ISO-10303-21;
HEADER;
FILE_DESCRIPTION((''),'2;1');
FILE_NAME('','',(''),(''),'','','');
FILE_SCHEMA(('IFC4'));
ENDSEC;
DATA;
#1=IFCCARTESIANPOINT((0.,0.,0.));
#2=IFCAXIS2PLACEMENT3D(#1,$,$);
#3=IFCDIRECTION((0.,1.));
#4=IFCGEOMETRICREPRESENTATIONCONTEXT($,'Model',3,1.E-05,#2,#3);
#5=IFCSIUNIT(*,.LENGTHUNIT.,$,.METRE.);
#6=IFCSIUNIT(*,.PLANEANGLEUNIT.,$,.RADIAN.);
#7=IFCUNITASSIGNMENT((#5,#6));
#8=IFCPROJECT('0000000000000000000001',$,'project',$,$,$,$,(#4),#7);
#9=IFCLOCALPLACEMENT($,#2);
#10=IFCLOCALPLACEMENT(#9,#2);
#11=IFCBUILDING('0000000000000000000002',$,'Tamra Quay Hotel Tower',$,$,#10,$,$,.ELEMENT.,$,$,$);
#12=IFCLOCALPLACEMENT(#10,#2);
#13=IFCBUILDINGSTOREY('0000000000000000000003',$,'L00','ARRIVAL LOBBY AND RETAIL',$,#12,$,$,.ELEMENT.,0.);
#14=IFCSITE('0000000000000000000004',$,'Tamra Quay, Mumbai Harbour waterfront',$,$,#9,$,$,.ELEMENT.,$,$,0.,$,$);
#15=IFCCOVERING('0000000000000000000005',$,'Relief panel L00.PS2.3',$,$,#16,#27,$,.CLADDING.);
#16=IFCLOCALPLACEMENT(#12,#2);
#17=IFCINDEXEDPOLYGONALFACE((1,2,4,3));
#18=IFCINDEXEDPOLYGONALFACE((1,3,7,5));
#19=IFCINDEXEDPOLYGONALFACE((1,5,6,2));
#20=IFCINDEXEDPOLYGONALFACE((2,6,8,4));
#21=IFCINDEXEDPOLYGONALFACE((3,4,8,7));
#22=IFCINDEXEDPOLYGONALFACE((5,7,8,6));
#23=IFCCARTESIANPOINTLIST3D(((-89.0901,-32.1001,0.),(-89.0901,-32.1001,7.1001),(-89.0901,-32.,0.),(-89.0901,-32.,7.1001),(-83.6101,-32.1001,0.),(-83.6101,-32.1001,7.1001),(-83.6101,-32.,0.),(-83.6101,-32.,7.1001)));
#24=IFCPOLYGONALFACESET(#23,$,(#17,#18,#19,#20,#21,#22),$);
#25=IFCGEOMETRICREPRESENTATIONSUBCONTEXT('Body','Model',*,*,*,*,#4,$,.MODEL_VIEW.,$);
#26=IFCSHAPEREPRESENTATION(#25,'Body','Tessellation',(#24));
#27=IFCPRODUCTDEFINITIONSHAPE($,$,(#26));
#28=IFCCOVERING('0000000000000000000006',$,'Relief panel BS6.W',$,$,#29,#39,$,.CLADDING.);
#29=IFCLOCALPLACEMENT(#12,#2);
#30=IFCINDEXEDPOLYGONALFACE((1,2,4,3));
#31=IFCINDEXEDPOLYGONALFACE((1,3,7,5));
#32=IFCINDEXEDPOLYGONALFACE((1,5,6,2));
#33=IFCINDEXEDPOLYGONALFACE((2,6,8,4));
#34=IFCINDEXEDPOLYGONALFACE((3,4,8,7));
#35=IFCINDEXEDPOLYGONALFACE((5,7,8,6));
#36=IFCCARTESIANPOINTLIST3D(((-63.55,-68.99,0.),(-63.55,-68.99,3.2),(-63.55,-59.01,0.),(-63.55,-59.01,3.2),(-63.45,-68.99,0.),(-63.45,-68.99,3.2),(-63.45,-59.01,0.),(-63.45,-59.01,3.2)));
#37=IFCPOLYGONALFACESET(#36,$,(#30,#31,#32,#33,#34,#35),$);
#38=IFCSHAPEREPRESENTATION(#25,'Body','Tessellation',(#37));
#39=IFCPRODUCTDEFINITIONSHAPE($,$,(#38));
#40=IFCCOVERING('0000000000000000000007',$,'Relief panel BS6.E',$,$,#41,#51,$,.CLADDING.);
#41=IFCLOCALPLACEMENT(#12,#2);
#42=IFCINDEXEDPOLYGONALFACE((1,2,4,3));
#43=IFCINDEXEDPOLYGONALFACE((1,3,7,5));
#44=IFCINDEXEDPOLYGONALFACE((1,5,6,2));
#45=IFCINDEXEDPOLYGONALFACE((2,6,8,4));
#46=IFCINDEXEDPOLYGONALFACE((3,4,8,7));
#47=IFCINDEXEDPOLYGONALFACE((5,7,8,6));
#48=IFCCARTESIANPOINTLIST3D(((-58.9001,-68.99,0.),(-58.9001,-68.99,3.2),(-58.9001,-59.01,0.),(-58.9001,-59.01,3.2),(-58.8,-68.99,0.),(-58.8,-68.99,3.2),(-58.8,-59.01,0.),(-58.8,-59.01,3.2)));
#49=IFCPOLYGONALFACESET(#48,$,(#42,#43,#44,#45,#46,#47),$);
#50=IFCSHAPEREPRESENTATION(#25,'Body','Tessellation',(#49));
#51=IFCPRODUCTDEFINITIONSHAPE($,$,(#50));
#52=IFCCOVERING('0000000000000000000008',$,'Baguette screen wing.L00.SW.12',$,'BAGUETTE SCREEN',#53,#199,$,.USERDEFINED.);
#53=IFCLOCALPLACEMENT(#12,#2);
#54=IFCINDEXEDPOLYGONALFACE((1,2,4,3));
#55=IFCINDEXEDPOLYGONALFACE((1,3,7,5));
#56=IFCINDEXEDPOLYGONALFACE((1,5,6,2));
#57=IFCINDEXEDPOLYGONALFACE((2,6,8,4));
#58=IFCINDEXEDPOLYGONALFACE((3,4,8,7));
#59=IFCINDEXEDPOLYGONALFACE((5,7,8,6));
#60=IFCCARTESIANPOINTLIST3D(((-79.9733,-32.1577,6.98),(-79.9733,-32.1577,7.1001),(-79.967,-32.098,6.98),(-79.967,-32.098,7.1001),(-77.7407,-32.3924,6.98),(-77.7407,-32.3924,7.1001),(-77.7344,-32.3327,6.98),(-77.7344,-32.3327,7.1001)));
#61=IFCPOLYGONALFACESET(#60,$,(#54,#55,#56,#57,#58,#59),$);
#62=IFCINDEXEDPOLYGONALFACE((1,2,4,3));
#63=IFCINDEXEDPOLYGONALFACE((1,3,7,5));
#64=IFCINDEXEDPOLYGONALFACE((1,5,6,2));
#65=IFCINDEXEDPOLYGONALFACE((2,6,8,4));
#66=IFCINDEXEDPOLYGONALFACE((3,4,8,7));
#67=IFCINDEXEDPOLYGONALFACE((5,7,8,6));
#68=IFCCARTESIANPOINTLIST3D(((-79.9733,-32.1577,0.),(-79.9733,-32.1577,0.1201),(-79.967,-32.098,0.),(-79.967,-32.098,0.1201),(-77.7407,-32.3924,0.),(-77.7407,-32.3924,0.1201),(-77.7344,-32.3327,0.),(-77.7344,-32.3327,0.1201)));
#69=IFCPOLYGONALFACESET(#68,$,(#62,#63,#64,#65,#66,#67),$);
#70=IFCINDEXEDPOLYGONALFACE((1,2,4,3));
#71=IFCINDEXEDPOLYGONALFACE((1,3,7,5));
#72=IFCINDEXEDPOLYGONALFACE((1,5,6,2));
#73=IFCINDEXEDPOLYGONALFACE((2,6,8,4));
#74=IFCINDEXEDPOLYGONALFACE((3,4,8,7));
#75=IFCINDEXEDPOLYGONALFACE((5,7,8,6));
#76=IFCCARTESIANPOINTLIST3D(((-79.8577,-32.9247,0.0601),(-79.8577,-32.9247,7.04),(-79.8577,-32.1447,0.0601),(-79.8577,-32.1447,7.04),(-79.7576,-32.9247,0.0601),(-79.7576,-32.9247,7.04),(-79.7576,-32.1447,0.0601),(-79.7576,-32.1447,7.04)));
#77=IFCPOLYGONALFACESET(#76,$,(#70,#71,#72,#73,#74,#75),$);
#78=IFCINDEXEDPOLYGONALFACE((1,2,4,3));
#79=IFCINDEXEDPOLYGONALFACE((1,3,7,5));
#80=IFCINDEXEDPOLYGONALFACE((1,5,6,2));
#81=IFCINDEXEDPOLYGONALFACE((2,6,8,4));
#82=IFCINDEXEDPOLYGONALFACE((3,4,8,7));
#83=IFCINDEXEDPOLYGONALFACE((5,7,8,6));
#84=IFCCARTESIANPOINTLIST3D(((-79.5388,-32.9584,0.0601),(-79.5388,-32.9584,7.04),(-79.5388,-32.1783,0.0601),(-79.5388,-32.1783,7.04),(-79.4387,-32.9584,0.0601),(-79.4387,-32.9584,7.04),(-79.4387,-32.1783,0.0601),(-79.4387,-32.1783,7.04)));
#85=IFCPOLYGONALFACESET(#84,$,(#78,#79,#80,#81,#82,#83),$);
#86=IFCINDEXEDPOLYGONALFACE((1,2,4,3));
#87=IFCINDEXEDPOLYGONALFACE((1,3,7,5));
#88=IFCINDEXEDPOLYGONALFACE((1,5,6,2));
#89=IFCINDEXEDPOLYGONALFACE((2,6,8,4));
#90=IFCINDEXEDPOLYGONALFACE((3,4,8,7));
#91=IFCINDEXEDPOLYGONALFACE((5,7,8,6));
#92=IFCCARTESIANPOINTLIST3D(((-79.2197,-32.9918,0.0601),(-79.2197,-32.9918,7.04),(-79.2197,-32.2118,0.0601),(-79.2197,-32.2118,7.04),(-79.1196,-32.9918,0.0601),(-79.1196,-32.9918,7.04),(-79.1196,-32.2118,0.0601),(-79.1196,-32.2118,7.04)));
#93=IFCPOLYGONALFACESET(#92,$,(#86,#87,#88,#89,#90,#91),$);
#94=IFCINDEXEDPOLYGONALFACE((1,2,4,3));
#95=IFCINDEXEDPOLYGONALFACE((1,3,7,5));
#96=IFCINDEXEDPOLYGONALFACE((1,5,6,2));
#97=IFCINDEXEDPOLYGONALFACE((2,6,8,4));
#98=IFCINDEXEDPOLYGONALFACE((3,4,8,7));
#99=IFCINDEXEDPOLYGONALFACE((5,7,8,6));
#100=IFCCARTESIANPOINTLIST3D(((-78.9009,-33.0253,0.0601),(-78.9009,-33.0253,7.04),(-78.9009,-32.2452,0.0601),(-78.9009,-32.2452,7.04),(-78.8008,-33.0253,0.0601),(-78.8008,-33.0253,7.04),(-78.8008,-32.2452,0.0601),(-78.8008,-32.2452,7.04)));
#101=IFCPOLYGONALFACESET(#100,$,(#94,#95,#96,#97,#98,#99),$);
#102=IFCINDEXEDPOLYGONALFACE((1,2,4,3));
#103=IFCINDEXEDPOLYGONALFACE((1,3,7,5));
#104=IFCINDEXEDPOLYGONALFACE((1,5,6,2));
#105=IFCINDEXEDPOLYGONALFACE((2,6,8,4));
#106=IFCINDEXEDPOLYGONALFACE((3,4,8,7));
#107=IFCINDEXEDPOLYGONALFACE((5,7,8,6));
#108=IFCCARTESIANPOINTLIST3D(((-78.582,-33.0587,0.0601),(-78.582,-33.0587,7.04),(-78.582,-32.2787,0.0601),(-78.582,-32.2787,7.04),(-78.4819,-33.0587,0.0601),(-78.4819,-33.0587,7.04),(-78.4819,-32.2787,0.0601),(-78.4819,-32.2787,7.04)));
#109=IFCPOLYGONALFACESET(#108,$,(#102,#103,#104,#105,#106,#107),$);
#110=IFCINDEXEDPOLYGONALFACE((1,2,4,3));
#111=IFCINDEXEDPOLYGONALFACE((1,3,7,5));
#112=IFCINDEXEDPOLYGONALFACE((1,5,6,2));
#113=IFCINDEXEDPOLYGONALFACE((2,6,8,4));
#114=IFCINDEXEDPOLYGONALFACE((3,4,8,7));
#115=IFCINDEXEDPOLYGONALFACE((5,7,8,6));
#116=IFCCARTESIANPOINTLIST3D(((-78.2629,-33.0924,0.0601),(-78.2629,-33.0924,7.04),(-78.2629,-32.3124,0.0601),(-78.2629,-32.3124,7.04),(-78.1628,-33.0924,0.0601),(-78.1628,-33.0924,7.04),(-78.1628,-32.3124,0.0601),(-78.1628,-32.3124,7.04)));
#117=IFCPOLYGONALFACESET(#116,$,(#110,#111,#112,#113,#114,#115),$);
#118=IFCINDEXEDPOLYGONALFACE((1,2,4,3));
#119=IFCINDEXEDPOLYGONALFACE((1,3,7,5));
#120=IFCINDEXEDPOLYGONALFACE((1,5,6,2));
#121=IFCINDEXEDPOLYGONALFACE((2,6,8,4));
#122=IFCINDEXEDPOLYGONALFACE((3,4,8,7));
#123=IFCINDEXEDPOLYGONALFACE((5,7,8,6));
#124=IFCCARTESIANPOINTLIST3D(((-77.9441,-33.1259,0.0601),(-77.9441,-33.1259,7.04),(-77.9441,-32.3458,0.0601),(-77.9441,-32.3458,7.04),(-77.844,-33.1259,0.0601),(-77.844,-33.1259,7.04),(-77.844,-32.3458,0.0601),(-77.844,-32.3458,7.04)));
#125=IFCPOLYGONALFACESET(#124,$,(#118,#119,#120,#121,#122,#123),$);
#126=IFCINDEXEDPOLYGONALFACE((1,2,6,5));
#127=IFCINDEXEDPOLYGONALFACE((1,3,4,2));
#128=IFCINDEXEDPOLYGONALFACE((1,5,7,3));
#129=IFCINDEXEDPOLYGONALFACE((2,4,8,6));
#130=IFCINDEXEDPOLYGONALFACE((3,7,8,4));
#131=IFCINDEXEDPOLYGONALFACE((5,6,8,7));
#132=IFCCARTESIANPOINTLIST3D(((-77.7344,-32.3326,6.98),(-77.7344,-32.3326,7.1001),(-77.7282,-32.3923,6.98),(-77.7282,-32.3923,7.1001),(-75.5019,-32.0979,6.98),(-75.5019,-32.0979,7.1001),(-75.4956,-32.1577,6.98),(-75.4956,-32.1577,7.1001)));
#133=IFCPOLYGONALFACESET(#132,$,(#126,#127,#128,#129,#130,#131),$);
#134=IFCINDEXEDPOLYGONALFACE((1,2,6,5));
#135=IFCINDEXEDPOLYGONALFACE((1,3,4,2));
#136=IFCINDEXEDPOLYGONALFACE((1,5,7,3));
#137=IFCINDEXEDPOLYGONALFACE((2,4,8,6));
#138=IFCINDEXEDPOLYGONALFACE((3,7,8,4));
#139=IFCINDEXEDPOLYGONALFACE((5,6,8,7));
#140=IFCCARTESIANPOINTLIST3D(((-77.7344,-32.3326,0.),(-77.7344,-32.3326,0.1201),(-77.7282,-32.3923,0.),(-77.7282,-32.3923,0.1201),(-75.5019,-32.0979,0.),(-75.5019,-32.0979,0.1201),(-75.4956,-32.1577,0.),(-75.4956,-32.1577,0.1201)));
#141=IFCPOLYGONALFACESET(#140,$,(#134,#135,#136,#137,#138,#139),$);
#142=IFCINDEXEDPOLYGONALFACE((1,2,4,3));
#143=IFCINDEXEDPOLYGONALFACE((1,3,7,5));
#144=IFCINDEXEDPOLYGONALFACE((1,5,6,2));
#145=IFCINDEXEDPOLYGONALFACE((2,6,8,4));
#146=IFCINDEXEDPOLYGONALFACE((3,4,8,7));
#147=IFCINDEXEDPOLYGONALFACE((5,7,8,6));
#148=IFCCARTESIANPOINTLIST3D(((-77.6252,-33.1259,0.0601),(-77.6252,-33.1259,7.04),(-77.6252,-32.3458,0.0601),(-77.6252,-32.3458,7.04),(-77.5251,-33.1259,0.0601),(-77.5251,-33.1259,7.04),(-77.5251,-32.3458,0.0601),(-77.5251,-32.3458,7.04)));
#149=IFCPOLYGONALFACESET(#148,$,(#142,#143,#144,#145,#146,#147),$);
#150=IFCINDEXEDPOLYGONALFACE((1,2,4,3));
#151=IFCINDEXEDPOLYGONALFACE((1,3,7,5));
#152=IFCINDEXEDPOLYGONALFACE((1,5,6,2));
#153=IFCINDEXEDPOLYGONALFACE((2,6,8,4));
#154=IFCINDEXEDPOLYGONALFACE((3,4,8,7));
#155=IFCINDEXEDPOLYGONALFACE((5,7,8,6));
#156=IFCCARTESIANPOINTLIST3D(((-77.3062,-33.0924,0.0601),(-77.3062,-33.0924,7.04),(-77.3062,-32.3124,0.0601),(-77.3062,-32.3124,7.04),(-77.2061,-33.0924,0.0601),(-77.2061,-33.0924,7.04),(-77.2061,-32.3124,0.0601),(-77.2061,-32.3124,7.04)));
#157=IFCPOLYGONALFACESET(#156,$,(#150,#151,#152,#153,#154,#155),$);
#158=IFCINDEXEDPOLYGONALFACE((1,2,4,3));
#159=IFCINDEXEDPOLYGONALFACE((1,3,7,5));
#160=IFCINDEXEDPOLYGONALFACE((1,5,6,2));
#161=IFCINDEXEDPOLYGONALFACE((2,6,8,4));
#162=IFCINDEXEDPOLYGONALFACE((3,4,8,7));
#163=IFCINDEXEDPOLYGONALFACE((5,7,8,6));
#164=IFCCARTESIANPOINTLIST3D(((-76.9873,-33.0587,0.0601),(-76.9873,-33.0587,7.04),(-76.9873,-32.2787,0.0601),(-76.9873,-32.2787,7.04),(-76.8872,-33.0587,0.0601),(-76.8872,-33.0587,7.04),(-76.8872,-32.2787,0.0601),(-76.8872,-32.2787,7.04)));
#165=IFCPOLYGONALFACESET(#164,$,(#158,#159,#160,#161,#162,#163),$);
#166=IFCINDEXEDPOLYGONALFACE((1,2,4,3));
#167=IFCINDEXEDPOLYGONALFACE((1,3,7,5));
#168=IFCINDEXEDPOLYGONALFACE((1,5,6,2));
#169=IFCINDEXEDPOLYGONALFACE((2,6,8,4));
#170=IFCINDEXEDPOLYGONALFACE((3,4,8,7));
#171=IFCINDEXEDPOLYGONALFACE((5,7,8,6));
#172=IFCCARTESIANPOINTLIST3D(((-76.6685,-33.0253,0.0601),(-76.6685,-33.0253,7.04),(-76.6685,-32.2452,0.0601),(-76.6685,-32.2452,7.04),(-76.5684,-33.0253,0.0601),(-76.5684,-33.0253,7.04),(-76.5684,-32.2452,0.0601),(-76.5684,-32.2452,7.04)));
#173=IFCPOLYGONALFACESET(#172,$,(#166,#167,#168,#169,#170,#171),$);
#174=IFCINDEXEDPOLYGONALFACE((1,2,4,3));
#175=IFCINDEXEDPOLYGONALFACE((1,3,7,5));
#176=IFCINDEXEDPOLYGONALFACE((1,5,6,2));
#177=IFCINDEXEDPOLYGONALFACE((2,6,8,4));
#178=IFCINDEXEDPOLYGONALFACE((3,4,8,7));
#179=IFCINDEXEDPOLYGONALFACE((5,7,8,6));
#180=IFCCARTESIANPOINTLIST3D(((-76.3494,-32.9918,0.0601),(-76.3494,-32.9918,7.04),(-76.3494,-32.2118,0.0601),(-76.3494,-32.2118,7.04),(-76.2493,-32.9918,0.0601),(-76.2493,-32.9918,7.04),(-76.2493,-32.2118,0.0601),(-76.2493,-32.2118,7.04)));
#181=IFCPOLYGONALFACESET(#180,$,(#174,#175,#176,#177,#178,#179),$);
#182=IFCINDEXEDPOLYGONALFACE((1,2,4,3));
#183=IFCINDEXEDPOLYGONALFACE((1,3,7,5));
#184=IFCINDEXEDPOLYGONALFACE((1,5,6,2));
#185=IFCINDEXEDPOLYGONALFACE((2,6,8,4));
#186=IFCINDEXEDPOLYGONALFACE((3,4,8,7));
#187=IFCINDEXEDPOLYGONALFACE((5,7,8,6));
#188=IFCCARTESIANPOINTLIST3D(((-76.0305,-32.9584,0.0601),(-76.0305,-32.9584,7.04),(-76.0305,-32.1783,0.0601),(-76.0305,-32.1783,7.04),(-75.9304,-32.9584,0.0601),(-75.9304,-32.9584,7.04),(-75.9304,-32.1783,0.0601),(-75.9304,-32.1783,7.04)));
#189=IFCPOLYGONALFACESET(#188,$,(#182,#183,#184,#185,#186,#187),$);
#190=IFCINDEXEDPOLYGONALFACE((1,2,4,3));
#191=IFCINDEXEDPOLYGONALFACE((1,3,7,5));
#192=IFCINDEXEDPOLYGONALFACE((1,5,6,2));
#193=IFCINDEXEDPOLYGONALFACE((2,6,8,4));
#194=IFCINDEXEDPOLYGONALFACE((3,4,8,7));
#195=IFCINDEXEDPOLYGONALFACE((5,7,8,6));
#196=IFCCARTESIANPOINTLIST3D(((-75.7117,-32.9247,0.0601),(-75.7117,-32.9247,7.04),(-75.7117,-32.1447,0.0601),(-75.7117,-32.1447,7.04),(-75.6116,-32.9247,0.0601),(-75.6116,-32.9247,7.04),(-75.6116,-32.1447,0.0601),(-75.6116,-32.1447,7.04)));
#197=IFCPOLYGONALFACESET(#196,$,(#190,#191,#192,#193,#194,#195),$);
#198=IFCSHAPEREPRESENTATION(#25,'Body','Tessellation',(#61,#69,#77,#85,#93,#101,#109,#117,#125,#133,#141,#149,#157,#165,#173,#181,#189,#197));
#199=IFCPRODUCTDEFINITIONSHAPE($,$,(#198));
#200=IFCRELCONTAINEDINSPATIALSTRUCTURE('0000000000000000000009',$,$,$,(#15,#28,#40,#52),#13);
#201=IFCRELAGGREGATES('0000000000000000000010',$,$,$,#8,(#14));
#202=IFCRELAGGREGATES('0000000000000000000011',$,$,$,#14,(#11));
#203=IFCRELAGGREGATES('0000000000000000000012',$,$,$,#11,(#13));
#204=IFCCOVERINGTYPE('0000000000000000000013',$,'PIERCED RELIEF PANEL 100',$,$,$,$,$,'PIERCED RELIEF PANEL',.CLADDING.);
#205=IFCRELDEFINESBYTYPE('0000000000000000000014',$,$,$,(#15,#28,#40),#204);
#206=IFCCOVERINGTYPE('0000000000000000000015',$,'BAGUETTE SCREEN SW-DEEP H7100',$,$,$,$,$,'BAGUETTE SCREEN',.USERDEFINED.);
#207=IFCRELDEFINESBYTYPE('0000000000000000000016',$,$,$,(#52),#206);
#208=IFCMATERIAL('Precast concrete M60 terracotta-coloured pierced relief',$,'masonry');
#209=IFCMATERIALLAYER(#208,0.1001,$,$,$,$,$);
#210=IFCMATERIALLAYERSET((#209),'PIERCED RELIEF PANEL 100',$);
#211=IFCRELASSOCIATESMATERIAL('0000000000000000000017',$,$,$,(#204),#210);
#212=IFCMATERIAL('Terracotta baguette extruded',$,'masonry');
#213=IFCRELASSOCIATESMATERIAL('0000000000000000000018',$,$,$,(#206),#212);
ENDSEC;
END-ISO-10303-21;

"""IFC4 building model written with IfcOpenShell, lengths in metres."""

from ifc_helpers import new_model, si_unit, direction, frame, frame_2d, origin, origin_2d, place, context, subcontext, project, spatial, rectangle, extrude, source, transform, mapped, material, layer, layer_set, type_object, element, save


model = new_model("IFC4")

# Units and contexts
model_context = context("Model", 3, precision=1e-05, world=origin(), true_north=direction((0.0, 1.0)))
body_context = subcontext(model_context, "Body", "Model", "MODEL_VIEW")
ifc_project = project(units=[si_unit("LENGTHUNIT", "METRE"), si_unit("PLANEANGLEUNIT", "RADIAN")], contexts=[model_context])

# Site, building, storey
site_placement = place(None, origin())
site = spatial("IfcSite", under=ifc_project, at=site_placement, Name="Tamra Quay, Mumbai Harbour waterfront", CompositionType="ELEMENT", RefElevation=0.0)
building_placement = place(site_placement, origin())
building = spatial("IfcBuilding", under=site, at=building_placement, Name="Tamra Quay Hotel Tower", CompositionType="ELEMENT")
storey_placement = place(building_placement, origin())
storey = spatial("IfcBuildingStorey", under=building, at=storey_placement, Name="L00", Description="ARRIVAL LOBBY AND RETAIL", CompositionType="ELEMENT", Elevation=0.0)

# Coverings
ifc_material_1 = material(Name="Precast concrete M60 terracotta-coloured pierced relief", Category="masonry")
ifc_layer_1 = layer(ifc_material_1, 0.1001)
ifc_layer_set_1 = layer_set([ifc_layer_1], Name="PIERCED RELIEF PANEL 100")
covering_type_1 = type_object("IfcCoveringType", Name="PIERCED RELIEF PANEL 100", ElementType="PIERCED RELIEF PANEL", PredefinedType="CLADDING", material=ifc_layer_set_1)
covering_1_placement = place(storey_placement, frame((-86.3501, -32.05, 0.0), z_axis=(0.0, 0.0, 1.0), x_axis=(1.0, 0.0, 0.0)))
element("IfcCovering", 1, at=covering_1_placement, inside=storey, type_object=covering_type_1, Name="Relief panel L00.PS2.3", PredefinedType="CLADDING", context=body_context, shape_type="SweptSolid", body=[
    extrude(rectangle(XDim=5.48, YDim=0.1001, at=origin_2d()), origin(), (0.0, 0.0, 1.0), 7.1001),
])
for number, where, z_axis, x_axis, name in (
    (2, (-63.5, -64.0, 0.0), (0.0, 0.0, 1.0), (0.0, -1.0, 0.0), "Relief panel BS6.W"),
    (3, (-58.8501, -64.0, 0.0), (0.0, 0.0, 1.0), (0.0, 1.0, 0.0), "Relief panel BS6.E"),
):
    element("IfcCovering", number, at=place(storey_placement, frame(where, z_axis=z_axis, x_axis=x_axis)), inside=storey, type_object=covering_type_1, Name=name, PredefinedType="CLADDING", context=body_context, shape_type="SweptSolid", body=[
        extrude(rectangle(XDim=9.98, YDim=0.1001, at=origin_2d()), origin(), (0.0, 0.0, 1.0), 3.2),
    ])
ifc_material_2 = material(Name="Terracotta baguette extruded", Category="masonry")
covering_type_2 = type_object("IfcCoveringType", Name="BAGUETTE SCREEN SW-DEEP H7100", ElementType="BAGUETTE SCREEN", PredefinedType="USERDEFINED", material=ifc_material_2)
shared_shape_1 = source(origin(), body_context, "Body", "SweptSolid", [
    extrude(rectangle(XDim=2.2449, YDim=0.0601, at=frame_2d((1.1226, 0.03))), frame((-2.2388, -0.0576, -0.1201), z_axis=(0.0, 0.0, 1.0), x_axis=(0.994522, -0.104528, 0.0)), (0.0, 0.0, 1.0), 0.1201),
    extrude(rectangle(XDim=2.2449, YDim=0.0601, at=frame_2d((1.1226, 0.03))), frame((-2.2388, -0.0576, -7.1001), z_axis=(0.0, 0.0, 1.0), x_axis=(0.994522, -0.104528, 0.0)), (0.0, 0.0, 1.0), 0.1201),
    extrude(rectangle(XDim=0.1001, YDim=0.78, at=frame_2d((0.05, 0.3901))), frame((-2.123, -0.8247, -7.04)), (0.0, 0.0, 1.0), 6.98),
    extrude(rectangle(XDim=0.1001, YDim=0.78, at=frame_2d((0.05, 0.3901))), frame((-1.8042, -0.8584, -7.04)), (0.0, 0.0, 1.0), 6.98),
    extrude(rectangle(XDim=0.1001, YDim=0.78, at=frame_2d((0.05, 0.3901))), frame((-1.4851, -0.8918, -7.04)), (0.0, 0.0, 1.0), 6.98),
    extrude(rectangle(XDim=0.1001, YDim=0.78, at=frame_2d((0.05, 0.3901))), frame((-1.1663, -0.9253, -7.04)), (0.0, 0.0, 1.0), 6.98),
    extrude(rectangle(XDim=0.1001, YDim=0.78, at=frame_2d((0.05, 0.3901))), frame((-0.8474, -0.9587, -7.04)), (0.0, 0.0, 1.0), 6.98),
    extrude(rectangle(XDim=0.1001, YDim=0.78, at=frame_2d((0.05, 0.3901))), frame((-0.5283, -0.9924, -7.04)), (0.0, 0.0, 1.0), 6.98),
    extrude(rectangle(XDim=0.1001, YDim=0.78, at=frame_2d((0.05, 0.3901))), frame((-0.2095, -1.0259, -7.04)), (0.0, 0.0, 1.0), 6.98),
    extrude(rectangle(XDim=2.2449, YDim=0.0601, at=frame_2d((1.1226, 0.03))), frame((0.0063, -0.2922, -0.1201), z_axis=(0.0, 0.0, 1.0), x_axis=(0.994522, 0.104528, 0.0)), (0.0, 0.0, 1.0), 0.1201),
    extrude(rectangle(XDim=2.2449, YDim=0.0601, at=frame_2d((1.1226, 0.03))), frame((0.0063, -0.2922, -7.1001), z_axis=(0.0, 0.0, 1.0), x_axis=(0.994522, 0.104528, 0.0)), (0.0, 0.0, 1.0), 0.1201),
    extrude(rectangle(XDim=0.1001, YDim=0.78, at=frame_2d((0.05, 0.3901))), frame((0.1094, -1.0259, -7.04)), (0.0, 0.0, 1.0), 6.98),
    extrude(rectangle(XDim=0.1001, YDim=0.78, at=frame_2d((0.05, 0.3901))), frame((0.4285, -0.9924, -7.04)), (0.0, 0.0, 1.0), 6.98),
    extrude(rectangle(XDim=0.1001, YDim=0.78, at=frame_2d((0.05, 0.3901))), frame((0.7473, -0.9587, -7.04)), (0.0, 0.0, 1.0), 6.98),
    extrude(rectangle(XDim=0.1001, YDim=0.78, at=frame_2d((0.05, 0.3901))), frame((1.0662, -0.9253, -7.04)), (0.0, 0.0, 1.0), 6.98),
    extrude(rectangle(XDim=0.1001, YDim=0.78, at=frame_2d((0.05, 0.3901))), frame((1.3853, -0.8918, -7.04)), (0.0, 0.0, 1.0), 6.98),
    extrude(rectangle(XDim=0.1001, YDim=0.78, at=frame_2d((0.05, 0.3901))), frame((1.7041, -0.8584, -7.04)), (0.0, 0.0, 1.0), 6.98),
    extrude(rectangle(XDim=0.1001, YDim=0.78, at=frame_2d((0.05, 0.3901))), frame((2.0229, -0.8247, -7.04)), (0.0, 0.0, 1.0), 6.98),
])
for number, where, z_axis, x_axis, name in (
    (4, (-77.7346, -32.1001, 7.1001), (0.0, 0.0, 1.0), (1.0, 0.0, 0.0), "Baguette screen wing.L00.SW.12"),
):
    element("IfcCovering", number, at=place(storey_placement, frame(where, z_axis=z_axis, x_axis=x_axis)), inside=storey, type_object=covering_type_2, Name=name, ObjectType="BAGUETTE SCREEN", PredefinedType="USERDEFINED", context=body_context, shape_type="MappedRepresentation", body=[
        mapped(shared_shape_1, transform((0.0, 0.0, 0.0), scale=1.0)),
    ])

save(model, "model.ifc")
